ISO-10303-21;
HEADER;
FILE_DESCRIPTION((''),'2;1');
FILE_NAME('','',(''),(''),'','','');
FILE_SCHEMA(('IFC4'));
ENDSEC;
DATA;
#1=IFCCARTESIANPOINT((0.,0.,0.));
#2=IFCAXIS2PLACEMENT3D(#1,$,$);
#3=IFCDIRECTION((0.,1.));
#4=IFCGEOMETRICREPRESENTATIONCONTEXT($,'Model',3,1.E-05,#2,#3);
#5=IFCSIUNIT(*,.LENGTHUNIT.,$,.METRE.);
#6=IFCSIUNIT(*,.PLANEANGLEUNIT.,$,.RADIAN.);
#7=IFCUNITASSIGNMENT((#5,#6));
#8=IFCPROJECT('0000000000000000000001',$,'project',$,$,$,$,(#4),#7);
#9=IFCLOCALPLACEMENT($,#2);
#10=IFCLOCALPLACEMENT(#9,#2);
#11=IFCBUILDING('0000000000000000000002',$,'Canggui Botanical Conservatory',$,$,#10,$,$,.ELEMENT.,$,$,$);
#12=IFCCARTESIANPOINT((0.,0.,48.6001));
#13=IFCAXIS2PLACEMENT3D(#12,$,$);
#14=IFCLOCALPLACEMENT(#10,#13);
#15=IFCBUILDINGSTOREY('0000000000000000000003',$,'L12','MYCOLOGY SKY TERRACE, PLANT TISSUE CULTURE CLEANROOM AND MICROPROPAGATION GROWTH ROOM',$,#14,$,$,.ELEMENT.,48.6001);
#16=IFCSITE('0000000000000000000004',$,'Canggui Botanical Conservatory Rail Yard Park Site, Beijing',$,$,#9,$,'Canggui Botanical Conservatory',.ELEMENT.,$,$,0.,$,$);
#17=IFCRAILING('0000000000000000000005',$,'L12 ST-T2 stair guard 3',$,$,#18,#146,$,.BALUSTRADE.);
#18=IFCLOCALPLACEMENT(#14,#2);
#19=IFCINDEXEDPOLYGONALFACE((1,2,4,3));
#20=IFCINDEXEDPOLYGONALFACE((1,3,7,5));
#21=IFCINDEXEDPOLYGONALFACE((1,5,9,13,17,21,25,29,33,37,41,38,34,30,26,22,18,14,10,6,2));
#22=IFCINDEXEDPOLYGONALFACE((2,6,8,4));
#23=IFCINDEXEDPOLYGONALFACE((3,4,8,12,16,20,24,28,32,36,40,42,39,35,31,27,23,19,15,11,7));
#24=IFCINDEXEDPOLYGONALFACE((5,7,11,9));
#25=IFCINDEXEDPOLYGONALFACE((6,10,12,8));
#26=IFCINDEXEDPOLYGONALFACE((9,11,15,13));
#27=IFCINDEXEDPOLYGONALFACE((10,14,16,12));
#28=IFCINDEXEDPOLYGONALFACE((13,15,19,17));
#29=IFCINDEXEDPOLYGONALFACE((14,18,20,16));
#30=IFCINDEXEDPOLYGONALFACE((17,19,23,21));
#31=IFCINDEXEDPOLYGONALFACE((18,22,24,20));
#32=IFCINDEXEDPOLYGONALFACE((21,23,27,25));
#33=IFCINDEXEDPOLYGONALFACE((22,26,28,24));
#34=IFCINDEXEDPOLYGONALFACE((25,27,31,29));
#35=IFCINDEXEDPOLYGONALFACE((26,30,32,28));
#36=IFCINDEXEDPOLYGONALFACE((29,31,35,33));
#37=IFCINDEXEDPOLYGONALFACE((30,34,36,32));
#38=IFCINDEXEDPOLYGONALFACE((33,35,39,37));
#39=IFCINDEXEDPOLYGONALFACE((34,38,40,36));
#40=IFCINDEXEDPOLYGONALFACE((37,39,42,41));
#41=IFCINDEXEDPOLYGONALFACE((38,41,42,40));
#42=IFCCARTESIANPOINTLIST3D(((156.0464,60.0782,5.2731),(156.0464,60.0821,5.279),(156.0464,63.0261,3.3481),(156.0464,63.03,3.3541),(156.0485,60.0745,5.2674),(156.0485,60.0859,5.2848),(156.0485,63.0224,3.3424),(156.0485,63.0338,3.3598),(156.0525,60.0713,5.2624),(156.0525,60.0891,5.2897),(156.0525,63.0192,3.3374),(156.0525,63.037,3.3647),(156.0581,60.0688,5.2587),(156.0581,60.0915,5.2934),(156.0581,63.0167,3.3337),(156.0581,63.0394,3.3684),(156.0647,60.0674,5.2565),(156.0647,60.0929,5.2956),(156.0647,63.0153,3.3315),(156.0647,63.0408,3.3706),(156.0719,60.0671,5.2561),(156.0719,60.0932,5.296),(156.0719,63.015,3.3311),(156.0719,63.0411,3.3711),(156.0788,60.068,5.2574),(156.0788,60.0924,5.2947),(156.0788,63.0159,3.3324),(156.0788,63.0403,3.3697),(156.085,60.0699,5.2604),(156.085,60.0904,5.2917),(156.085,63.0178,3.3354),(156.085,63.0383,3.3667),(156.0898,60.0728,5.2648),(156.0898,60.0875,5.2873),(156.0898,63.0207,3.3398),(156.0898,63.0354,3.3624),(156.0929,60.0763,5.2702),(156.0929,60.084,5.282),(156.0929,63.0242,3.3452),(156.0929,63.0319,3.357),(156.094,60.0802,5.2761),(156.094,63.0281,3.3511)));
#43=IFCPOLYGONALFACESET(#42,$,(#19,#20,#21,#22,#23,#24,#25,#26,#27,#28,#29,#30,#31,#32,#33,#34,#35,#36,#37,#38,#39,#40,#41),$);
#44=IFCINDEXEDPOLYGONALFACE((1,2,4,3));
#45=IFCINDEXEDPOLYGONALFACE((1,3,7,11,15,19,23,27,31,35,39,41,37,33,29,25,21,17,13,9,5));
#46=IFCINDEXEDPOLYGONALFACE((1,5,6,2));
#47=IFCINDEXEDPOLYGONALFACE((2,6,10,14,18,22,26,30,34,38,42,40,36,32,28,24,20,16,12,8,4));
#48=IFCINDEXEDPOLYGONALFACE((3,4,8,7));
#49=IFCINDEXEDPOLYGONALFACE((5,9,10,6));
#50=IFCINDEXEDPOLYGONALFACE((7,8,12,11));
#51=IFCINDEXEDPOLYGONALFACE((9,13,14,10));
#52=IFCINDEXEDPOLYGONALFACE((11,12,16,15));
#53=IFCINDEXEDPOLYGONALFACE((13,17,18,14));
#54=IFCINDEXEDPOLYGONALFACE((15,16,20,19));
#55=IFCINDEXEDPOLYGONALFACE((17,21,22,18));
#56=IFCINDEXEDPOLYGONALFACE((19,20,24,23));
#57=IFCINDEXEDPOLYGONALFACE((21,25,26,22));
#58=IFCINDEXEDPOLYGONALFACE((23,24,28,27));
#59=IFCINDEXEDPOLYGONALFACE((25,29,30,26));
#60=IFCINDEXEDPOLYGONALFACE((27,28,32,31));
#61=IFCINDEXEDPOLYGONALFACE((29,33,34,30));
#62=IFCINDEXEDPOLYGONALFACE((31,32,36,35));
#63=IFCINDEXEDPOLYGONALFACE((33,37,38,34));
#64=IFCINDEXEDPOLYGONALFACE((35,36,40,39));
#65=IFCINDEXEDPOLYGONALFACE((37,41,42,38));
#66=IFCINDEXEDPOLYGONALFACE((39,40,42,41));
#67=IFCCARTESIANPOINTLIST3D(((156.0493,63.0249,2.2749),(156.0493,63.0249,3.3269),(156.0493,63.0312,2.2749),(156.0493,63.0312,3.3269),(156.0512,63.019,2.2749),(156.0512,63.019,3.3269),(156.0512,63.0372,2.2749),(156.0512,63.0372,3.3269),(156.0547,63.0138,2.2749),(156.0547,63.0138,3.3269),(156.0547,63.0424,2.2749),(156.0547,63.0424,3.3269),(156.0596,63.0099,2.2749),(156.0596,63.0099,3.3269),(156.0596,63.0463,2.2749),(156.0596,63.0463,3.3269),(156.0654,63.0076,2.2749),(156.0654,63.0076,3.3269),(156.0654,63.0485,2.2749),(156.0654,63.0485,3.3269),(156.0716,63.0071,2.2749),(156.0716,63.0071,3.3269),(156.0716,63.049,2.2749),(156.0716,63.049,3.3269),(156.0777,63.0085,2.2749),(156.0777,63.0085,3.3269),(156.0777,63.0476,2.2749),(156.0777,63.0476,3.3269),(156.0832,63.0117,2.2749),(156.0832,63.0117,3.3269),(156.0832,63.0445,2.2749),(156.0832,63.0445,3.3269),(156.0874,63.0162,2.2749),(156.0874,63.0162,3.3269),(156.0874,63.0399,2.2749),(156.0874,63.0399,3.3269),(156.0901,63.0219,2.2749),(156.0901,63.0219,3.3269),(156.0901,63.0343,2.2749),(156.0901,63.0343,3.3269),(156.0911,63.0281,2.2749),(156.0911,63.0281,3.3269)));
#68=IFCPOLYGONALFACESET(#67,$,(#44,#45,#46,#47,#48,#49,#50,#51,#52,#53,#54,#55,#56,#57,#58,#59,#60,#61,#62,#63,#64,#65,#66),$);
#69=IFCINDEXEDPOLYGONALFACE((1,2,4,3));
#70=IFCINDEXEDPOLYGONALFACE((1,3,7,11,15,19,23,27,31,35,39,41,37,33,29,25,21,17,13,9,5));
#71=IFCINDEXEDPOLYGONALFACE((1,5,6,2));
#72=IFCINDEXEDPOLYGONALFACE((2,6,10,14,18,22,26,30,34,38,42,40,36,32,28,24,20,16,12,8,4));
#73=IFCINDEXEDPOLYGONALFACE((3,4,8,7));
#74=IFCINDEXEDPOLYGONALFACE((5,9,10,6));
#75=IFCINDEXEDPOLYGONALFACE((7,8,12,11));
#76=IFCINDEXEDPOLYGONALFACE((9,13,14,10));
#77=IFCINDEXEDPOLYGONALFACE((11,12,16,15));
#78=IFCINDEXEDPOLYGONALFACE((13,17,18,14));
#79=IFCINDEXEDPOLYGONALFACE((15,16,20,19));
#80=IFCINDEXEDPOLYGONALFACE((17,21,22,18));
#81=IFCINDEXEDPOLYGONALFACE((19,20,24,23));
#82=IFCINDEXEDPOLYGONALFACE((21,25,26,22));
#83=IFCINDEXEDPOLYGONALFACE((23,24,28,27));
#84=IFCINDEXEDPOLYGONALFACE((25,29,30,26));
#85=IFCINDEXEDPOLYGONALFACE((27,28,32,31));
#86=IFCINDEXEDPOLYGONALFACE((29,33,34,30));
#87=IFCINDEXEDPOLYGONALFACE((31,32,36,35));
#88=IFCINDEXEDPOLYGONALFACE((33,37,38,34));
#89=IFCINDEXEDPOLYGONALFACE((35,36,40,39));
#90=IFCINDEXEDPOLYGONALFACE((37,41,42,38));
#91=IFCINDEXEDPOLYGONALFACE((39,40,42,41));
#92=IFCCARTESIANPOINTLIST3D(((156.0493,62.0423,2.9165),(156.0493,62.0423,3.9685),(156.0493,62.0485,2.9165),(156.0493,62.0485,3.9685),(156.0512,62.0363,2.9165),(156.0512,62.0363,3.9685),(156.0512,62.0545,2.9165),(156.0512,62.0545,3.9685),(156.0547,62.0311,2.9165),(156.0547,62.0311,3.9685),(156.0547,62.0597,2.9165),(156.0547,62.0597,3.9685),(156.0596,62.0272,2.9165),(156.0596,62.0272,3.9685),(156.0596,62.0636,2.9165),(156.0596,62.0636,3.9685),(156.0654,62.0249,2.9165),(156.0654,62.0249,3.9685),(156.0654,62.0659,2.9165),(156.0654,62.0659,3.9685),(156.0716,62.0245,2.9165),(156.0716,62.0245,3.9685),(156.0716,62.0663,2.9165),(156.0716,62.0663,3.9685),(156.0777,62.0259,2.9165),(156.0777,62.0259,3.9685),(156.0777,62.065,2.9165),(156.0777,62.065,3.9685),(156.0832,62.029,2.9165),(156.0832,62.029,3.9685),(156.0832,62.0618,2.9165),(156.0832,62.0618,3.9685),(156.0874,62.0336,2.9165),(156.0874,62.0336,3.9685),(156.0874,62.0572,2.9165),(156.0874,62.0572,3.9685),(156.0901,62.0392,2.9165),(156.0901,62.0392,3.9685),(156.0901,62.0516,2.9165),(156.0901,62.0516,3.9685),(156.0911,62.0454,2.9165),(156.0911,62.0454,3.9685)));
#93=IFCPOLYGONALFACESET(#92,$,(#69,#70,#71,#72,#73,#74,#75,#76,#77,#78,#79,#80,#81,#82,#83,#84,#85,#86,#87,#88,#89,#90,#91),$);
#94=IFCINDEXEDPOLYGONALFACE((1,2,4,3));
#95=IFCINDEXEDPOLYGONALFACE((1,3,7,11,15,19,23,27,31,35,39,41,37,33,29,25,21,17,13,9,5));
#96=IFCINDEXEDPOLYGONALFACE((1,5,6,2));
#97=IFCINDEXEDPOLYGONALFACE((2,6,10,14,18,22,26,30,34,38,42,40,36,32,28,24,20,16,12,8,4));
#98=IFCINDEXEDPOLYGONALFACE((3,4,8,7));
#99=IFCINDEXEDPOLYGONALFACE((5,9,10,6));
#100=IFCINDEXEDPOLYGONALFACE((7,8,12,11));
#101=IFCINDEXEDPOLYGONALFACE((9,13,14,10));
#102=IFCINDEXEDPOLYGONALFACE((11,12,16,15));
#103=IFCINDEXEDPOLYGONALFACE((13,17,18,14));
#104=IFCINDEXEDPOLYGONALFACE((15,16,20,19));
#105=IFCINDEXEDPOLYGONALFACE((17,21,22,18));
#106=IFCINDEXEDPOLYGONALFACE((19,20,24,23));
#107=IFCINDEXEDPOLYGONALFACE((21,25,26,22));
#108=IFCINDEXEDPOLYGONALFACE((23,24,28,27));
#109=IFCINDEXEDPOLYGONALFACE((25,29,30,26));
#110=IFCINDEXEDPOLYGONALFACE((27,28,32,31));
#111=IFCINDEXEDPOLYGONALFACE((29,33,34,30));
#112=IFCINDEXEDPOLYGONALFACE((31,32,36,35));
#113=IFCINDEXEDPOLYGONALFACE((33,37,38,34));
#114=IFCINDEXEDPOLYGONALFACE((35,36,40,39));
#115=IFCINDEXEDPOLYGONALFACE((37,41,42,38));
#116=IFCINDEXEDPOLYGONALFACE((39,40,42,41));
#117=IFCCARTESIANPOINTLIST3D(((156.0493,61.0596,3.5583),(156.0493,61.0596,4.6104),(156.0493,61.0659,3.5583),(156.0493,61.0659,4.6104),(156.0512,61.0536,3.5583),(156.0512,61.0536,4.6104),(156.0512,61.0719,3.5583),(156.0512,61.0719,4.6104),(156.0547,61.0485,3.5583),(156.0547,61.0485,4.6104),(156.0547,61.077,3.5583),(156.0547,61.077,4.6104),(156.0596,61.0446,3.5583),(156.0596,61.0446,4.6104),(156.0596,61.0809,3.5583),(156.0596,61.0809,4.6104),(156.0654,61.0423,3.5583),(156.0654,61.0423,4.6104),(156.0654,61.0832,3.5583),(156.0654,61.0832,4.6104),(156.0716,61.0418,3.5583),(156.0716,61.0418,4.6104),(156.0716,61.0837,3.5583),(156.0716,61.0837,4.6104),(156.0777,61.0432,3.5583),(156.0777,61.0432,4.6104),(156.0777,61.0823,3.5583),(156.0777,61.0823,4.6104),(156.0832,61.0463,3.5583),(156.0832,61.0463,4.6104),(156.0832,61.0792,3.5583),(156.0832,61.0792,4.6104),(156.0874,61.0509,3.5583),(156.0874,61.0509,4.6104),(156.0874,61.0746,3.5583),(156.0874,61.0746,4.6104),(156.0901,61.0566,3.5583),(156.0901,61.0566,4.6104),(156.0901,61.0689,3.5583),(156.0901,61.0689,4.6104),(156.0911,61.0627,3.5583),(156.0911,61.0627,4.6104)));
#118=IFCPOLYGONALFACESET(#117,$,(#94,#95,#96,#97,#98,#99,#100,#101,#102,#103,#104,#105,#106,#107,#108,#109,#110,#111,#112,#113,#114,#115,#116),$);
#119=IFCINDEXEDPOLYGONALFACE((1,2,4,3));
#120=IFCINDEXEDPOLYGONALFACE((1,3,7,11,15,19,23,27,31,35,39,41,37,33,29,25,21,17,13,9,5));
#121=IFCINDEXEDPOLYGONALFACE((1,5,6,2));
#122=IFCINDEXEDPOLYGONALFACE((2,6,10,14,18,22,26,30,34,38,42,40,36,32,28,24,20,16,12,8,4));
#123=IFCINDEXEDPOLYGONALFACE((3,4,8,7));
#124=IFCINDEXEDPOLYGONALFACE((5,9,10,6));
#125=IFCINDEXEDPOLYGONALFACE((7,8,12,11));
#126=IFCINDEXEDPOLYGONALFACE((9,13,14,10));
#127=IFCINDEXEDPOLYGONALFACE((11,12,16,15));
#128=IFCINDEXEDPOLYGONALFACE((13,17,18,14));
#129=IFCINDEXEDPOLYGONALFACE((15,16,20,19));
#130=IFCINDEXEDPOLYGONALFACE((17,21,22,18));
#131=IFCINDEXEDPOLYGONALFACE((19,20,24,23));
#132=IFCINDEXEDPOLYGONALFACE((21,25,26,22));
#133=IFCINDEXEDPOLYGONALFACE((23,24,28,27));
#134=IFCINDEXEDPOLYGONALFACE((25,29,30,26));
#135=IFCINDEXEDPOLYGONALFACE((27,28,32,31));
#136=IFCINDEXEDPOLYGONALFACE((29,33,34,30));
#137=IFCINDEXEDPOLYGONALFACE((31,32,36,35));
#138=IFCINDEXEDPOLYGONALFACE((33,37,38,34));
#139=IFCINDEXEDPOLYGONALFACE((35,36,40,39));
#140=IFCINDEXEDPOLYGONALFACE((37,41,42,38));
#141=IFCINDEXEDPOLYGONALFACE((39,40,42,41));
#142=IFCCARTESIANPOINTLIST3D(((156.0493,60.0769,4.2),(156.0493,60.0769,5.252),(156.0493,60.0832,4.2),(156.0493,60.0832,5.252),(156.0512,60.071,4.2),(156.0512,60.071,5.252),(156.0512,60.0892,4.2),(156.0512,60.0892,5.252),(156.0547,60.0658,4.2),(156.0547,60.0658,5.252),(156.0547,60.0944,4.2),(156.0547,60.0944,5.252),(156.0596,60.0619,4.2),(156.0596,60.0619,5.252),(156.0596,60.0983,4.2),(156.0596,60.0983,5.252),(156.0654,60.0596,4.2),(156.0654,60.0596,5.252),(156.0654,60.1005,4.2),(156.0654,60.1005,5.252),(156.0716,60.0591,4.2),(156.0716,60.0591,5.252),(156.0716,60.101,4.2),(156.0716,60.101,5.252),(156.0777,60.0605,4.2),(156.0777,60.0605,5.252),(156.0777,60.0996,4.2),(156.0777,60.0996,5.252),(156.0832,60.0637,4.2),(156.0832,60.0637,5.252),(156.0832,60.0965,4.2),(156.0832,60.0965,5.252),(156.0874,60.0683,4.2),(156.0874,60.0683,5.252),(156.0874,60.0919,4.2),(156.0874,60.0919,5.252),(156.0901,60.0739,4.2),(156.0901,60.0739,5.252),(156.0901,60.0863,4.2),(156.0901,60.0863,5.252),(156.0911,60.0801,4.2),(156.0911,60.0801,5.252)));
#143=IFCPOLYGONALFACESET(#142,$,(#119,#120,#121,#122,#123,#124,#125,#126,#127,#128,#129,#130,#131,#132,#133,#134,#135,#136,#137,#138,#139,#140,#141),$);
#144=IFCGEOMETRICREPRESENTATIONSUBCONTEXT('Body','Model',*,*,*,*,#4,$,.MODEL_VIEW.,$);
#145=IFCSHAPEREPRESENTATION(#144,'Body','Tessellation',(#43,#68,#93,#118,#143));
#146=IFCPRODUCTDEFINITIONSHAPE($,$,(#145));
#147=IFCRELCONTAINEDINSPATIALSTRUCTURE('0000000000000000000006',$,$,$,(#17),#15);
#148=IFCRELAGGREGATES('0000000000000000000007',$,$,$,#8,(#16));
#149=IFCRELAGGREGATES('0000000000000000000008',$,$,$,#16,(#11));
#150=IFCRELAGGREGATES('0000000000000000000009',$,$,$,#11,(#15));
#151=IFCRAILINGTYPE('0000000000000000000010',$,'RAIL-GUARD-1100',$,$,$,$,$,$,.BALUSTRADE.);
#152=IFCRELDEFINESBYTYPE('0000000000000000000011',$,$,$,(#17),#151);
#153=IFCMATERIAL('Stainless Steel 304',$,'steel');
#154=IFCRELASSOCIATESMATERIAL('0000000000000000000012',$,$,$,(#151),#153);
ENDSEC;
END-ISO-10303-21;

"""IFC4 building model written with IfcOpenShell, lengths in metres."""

from ifc_helpers import new_model, si_unit, direction, frame, origin, origin_2d, place, context, subcontext, project, spatial, circle, extrude, material, type_object, element, save


model = new_model("IFC4")

# Units and contexts
model_context = context("Model", 3, precision=1e-05, world=origin(), true_north=direction((0.0, 1.0)))
body_context = subcontext(model_context, "Body", "Model", "MODEL_VIEW")
ifc_project = project(units=[si_unit("LENGTHUNIT", "METRE"), si_unit("PLANEANGLEUNIT", "RADIAN")], contexts=[model_context])

# Site, building, storey
site_placement = place(None, origin())
site = spatial("IfcSite", under=ifc_project, at=site_placement, Name="Canggui Botanical Conservatory Rail Yard Park Site, Beijing", LongName="Canggui Botanical Conservatory", CompositionType="ELEMENT", RefElevation=0.0)
building_placement = place(site_placement, origin())
building = spatial("IfcBuilding", under=site, at=building_placement, Name="Canggui Botanical Conservatory", CompositionType="ELEMENT")
storey_placement = place(building_placement, frame((0.0, 0.0, 48.6001)))
storey = spatial("IfcBuildingStorey", under=building, at=storey_placement, Name="L12", Description="MYCOLOGY SKY TERRACE, PLANT TISSUE CULTURE CLEANROOM AND MICROPROPAGATION GROWTH ROOM", CompositionType="ELEMENT", Elevation=48.6001)

# Railing
ifc_material_1 = material(Name="Stainless Steel 304", Category="steel")
railing_type_1 = type_object("IfcRailingType", Name="RAIL-GUARD-1100", PredefinedType="BALUSTRADE", material=ifc_material_1)
railing_1_placement = place(storey_placement, frame((156.0701, 63.0281, 2.2749)))
element("IfcRailing", 1, at=railing_1_placement, inside=storey, type_object=railing_type_1, Name="L12 ST-T2 stair guard 3", PredefinedType="BALUSTRADE", context=body_context, shape_type="SweptSolid", body=[
    extrude(circle(Radius=0.0239, at=origin_2d()), frame((0.0, 0.0, 1.0762), z_axis=(0.0, -0.837293, 0.546754), x_axis=(1.0, 0.0, 0.0)), (0.0, 0.0, 1.0), 3.5208),
    extrude(circle(Radius=0.021, at=origin_2d()), origin(), (0.0, 0.0, 1.0), 1.052),
    extrude(circle(Radius=0.021, at=origin_2d()), frame((0.0, -0.9827, 0.6416)), (0.0, 0.0, 1.0), 1.052),
    extrude(circle(Radius=0.021, at=origin_2d()), frame((0.0, -1.9653, 1.2834)), (0.0, 0.0, 1.0), 1.052),
    extrude(circle(Radius=0.021, at=origin_2d()), frame((0.0, -2.948, 1.925)), (0.0, 0.0, 1.0), 1.052),
])

save(model, "model.ifc")
